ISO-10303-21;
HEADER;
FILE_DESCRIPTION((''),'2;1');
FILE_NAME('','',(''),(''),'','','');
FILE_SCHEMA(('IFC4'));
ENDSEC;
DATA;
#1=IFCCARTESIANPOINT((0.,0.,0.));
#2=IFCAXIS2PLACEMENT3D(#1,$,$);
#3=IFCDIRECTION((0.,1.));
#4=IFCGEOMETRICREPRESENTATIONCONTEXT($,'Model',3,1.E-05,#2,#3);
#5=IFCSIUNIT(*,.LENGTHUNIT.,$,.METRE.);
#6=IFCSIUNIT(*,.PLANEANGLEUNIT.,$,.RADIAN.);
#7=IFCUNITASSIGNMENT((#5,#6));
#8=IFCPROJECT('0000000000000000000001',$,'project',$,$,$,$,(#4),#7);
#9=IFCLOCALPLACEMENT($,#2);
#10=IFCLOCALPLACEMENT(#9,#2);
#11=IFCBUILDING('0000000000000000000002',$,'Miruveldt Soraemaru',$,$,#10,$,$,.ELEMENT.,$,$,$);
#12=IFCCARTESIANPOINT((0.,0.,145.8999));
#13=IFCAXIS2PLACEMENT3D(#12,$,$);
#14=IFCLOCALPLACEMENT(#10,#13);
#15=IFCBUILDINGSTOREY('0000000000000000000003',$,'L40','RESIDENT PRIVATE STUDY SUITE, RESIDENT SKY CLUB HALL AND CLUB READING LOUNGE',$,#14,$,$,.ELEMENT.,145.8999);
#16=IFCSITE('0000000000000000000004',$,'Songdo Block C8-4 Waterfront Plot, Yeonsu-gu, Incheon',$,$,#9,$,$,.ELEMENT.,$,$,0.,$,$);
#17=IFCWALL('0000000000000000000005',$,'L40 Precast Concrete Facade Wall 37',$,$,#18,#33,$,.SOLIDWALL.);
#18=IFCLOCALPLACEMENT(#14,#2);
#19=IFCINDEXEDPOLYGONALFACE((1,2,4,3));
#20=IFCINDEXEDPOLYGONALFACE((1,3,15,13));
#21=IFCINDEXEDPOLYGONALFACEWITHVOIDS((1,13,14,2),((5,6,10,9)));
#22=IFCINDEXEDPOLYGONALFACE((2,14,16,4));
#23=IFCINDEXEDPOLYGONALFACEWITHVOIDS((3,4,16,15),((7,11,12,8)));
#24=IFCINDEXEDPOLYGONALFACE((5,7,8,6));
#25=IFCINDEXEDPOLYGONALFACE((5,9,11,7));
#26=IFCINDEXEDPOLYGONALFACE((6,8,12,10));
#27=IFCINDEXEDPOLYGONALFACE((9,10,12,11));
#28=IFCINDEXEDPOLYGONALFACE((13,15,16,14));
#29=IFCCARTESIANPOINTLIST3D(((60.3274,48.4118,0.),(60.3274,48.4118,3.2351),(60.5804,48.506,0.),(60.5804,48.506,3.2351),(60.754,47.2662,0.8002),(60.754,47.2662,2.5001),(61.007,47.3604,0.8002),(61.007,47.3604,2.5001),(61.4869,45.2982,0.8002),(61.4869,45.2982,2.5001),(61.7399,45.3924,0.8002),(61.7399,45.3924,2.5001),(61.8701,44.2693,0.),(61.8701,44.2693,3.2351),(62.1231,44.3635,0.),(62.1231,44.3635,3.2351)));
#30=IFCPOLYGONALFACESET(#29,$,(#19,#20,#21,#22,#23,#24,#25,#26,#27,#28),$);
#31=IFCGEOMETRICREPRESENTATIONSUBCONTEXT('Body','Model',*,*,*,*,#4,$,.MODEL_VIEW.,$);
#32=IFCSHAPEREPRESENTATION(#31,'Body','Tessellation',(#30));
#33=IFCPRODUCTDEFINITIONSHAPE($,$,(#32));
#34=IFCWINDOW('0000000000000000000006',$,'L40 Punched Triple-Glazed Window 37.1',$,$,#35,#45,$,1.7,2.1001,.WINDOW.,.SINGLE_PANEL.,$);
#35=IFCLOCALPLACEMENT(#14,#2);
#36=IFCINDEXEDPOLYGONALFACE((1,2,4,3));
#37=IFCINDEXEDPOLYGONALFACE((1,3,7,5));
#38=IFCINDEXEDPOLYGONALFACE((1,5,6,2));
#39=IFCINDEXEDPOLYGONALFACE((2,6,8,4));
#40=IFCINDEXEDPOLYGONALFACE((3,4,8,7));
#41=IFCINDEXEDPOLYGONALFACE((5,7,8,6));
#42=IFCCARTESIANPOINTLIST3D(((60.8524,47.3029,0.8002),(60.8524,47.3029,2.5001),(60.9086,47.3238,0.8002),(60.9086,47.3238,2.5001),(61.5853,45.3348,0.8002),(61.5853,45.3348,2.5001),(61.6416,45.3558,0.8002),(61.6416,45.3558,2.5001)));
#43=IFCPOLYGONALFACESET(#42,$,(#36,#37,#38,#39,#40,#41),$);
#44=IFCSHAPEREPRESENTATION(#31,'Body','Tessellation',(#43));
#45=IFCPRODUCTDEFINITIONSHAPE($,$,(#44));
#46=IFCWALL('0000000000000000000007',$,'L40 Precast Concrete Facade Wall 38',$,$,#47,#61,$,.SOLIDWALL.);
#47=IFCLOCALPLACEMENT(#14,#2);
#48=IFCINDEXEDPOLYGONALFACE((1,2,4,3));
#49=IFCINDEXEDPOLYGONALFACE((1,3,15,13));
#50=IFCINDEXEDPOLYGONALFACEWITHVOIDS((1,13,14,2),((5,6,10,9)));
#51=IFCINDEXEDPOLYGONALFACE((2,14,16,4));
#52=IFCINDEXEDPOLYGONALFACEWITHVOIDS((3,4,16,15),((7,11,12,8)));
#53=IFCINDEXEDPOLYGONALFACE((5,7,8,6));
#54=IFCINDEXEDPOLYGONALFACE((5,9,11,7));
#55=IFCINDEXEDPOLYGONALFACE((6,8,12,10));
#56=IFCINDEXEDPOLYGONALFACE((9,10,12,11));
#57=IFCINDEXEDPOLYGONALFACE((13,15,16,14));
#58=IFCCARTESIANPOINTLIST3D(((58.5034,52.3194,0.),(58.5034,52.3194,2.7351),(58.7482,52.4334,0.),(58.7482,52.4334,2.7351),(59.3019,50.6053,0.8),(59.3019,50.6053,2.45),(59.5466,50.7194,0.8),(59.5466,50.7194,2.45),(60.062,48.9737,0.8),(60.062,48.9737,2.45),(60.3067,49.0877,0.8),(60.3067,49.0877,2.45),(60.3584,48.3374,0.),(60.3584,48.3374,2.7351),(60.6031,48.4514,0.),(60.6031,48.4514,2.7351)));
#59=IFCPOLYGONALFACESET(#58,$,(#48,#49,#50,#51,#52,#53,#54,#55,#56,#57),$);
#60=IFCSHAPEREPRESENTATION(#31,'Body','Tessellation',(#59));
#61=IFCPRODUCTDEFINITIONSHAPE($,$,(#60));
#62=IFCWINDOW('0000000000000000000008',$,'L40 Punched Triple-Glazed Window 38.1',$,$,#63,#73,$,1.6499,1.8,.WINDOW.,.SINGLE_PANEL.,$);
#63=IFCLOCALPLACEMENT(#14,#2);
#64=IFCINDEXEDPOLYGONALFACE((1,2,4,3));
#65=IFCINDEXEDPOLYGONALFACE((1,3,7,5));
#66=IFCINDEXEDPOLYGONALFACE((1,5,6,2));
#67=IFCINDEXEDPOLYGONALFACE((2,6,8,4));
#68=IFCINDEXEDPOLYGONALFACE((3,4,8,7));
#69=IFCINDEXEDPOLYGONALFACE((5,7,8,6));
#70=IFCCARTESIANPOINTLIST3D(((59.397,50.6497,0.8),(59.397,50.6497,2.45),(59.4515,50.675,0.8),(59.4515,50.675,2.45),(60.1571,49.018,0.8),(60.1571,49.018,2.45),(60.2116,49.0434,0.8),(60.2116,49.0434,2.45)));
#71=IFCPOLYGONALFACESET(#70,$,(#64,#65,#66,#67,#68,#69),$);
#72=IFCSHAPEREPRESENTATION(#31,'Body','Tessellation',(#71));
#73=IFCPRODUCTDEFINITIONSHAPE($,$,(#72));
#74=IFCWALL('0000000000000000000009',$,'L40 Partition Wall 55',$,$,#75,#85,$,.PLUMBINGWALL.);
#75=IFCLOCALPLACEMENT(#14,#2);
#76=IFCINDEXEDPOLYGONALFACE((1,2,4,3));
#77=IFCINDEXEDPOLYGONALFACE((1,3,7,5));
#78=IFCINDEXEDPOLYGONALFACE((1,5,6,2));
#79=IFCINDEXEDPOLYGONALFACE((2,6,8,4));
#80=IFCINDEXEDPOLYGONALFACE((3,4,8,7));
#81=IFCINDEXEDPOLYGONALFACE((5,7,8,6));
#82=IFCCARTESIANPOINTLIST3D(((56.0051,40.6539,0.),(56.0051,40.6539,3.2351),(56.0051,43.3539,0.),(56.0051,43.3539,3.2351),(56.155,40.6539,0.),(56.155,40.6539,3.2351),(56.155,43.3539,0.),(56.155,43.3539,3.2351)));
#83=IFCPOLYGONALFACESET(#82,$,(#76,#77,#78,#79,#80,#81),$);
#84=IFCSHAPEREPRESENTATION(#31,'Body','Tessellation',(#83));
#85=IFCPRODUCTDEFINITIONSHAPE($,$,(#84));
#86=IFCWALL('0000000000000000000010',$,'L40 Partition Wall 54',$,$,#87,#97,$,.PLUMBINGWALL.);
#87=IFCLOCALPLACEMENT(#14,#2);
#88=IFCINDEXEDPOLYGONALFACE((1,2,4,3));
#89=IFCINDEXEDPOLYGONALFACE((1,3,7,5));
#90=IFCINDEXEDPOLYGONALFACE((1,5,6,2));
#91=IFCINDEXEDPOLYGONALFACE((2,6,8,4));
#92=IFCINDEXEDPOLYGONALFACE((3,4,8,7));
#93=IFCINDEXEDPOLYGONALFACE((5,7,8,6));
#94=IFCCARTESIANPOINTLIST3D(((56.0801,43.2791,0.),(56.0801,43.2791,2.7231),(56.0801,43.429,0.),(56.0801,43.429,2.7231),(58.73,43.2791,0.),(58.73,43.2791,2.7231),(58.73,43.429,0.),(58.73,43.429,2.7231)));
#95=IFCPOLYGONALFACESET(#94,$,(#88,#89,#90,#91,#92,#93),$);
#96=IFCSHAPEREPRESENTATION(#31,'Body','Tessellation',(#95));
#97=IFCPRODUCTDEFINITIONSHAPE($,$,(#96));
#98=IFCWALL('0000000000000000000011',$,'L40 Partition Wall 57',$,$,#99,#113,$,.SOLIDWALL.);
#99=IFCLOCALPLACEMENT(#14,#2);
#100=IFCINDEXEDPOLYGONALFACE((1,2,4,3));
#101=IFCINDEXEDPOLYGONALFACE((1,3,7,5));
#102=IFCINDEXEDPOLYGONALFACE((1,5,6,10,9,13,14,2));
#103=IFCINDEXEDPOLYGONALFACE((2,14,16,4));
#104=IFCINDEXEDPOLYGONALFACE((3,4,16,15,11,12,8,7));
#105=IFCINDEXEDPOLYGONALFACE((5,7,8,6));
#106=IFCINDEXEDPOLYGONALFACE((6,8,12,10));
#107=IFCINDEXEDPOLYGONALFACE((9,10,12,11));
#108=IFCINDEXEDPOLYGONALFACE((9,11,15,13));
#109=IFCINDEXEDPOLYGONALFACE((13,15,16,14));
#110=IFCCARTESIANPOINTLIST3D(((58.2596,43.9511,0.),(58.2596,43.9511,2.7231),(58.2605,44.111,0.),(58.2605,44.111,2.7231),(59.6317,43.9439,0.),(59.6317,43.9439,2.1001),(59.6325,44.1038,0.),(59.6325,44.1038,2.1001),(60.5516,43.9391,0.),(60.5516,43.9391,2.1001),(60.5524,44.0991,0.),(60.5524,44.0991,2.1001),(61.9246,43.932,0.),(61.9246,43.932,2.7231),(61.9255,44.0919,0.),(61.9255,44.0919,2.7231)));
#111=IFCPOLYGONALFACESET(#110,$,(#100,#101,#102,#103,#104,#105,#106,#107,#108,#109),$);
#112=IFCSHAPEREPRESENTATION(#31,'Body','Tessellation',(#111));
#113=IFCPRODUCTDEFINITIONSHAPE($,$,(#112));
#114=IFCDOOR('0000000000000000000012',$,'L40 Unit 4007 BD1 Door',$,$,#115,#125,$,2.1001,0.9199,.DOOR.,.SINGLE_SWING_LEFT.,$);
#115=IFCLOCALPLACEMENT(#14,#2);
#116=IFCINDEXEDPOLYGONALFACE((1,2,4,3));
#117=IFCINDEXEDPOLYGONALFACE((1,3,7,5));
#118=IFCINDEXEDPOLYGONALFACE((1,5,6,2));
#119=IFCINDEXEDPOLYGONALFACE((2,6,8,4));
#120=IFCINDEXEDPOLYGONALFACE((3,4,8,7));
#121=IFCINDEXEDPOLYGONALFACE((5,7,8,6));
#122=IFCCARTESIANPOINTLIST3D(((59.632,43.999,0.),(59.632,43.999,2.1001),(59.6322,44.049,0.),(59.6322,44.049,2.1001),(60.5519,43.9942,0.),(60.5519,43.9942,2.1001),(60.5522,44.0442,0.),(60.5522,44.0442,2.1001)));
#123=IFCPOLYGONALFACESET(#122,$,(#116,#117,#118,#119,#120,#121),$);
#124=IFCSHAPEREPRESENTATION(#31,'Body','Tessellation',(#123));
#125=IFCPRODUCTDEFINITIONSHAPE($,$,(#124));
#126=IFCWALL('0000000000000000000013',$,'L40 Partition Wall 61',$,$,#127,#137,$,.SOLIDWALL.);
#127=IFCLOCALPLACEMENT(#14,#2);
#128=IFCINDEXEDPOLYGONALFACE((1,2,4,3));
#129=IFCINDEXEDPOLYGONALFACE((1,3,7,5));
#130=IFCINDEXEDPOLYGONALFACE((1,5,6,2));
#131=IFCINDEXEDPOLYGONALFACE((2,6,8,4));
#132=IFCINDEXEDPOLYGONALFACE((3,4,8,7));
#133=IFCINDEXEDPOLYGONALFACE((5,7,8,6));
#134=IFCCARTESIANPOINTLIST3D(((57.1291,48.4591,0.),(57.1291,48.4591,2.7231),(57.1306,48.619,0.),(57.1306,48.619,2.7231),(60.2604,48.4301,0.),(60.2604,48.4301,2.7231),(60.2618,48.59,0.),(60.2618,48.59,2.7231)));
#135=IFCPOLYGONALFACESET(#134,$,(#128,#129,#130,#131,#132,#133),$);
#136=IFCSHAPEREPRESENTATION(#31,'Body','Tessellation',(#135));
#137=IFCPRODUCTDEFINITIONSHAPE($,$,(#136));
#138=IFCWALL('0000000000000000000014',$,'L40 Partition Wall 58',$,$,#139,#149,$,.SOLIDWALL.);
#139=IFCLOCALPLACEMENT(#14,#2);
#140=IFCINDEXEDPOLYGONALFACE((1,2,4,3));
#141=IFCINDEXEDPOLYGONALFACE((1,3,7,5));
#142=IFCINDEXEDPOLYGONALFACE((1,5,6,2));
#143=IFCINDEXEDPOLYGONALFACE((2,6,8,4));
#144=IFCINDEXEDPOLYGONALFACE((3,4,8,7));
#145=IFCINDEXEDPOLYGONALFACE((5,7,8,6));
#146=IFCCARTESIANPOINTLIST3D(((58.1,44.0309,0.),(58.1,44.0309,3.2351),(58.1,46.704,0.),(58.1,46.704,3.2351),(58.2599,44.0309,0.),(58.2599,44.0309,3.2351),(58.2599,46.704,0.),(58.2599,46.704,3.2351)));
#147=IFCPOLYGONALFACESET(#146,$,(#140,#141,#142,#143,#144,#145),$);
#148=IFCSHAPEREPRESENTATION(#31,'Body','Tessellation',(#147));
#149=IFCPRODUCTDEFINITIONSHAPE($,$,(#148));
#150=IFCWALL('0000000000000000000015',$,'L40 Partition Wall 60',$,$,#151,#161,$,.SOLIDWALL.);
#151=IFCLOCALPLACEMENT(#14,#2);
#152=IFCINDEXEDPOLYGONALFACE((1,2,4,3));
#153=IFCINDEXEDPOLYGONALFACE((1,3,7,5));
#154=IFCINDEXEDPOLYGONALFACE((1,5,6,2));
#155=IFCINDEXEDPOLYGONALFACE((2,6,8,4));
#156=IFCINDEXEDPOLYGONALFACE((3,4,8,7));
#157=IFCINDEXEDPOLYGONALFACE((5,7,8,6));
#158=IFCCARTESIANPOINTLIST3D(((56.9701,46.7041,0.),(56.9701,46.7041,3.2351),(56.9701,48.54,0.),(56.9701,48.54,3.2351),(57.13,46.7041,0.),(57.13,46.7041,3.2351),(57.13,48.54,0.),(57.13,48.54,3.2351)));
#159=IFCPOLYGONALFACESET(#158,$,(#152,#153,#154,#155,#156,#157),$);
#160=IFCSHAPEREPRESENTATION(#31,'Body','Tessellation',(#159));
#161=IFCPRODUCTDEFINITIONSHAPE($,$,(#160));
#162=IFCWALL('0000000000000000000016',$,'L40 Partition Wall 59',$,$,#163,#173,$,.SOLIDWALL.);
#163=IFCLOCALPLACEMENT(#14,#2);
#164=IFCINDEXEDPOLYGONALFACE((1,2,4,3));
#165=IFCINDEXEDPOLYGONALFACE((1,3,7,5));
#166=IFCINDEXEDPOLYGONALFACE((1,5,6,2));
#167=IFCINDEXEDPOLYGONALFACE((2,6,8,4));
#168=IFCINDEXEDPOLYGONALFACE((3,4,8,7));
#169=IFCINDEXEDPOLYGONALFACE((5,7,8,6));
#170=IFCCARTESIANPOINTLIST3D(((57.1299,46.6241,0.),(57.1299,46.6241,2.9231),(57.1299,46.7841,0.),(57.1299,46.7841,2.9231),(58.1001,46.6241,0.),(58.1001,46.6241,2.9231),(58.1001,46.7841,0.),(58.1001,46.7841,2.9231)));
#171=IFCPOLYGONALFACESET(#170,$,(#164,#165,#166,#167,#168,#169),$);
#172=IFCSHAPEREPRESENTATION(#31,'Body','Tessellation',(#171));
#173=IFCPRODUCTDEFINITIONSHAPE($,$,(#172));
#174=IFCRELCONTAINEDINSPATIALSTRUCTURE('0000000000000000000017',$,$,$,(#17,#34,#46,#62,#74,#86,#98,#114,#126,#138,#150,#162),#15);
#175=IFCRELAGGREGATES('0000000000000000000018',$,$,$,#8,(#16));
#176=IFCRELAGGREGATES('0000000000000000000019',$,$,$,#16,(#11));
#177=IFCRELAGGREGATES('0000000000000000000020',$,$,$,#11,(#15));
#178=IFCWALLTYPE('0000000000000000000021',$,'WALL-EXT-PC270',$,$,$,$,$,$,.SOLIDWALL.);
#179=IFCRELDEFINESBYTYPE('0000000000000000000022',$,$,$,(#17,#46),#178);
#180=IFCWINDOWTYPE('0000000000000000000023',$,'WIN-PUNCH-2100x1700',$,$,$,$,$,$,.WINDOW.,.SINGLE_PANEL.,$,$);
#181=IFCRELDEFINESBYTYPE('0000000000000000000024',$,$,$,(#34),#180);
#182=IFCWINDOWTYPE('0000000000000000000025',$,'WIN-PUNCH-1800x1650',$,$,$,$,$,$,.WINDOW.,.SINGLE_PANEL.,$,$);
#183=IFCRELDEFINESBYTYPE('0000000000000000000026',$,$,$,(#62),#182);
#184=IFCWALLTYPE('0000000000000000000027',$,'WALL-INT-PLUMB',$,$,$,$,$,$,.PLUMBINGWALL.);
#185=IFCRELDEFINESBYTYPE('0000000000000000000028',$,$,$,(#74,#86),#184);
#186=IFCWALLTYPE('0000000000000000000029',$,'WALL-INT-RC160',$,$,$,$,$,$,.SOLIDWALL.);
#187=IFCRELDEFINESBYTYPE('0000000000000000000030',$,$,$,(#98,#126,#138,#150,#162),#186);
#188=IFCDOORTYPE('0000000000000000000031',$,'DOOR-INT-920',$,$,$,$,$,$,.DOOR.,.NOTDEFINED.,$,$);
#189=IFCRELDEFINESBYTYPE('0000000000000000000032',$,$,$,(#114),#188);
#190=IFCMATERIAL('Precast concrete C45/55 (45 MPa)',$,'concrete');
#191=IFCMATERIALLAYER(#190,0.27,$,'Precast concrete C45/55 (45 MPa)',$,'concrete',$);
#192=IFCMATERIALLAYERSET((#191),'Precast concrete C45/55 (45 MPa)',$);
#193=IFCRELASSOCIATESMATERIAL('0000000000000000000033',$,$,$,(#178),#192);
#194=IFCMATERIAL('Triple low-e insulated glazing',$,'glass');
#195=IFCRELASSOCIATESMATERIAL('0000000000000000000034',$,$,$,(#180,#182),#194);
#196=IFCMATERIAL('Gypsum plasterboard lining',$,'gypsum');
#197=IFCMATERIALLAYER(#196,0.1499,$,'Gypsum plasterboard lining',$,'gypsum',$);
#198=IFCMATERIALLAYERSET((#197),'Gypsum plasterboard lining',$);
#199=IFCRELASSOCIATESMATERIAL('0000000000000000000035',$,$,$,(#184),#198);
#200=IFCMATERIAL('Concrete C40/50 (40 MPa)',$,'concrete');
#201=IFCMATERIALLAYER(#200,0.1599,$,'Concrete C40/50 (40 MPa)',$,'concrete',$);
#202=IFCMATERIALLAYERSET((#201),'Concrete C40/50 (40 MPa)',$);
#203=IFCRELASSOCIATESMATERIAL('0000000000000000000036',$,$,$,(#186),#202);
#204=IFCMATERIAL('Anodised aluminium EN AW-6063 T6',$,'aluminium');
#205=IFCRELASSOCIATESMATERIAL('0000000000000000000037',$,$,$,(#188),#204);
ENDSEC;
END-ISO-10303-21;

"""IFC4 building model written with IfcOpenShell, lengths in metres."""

from ifc_helpers import new_model, si_unit, direction, frame, frame_2d, origin, place, context, subcontext, project, spatial, rectangle, extrude, material, layer, layer_set, type_object, element, fill, save


model = new_model("IFC4")

# Units and contexts
model_context = context("Model", 3, precision=1e-05, world=origin(), true_north=direction((0.0, 1.0)))
body_context = subcontext(model_context, "Body", "Model", "MODEL_VIEW")
ifc_project = project(units=[si_unit("LENGTHUNIT", "METRE"), si_unit("PLANEANGLEUNIT", "RADIAN")], contexts=[model_context])

# Site, building, storey
site_placement = place(None, origin())
site = spatial("IfcSite", under=ifc_project, at=site_placement, Name="Songdo Block C8-4 Waterfront Plot, Yeonsu-gu, Incheon", CompositionType="ELEMENT", RefElevation=0.0)
building_placement = place(site_placement, origin())
building = spatial("IfcBuilding", under=site, at=building_placement, Name="Miruveldt Soraemaru", CompositionType="ELEMENT")
storey_placement = place(building_placement, frame((0.0, 0.0, 145.8999)))
storey = spatial("IfcBuildingStorey", under=building, at=storey_placement, Name="L40", Description="RESIDENT PRIVATE STUDY SUITE, RESIDENT SKY CLUB HALL AND CLUB READING LOUNGE", CompositionType="ELEMENT", Elevation=145.8999)

# Shared definitions
ifc_material_1 = material(Name="Anodised aluminium EN AW-6063 T6", Category="aluminium")

# Walls, openings, windows
ifc_material_2 = material(Name="Precast concrete C45/55 (45 MPa)", Category="concrete")
ifc_layer_1 = layer(ifc_material_2, 0.27, Name="Precast concrete C45/55 (45 MPa)", Category="concrete")
ifc_layer_set_1 = layer_set([ifc_layer_1], Name="Precast concrete C45/55 (45 MPa)")
wall_type_1 = type_object("IfcWallType", Name="WALL-EXT-PC270", PredefinedType="SOLIDWALL", material=ifc_layer_set_1)
wall_1_placement = place(storey_placement, frame((61.9966, 44.3164, 0.0), z_axis=(0.0, 0.0, 1.0), x_axis=(-0.348992, 0.937126, 0.0)))
wall_1 = element("IfcWall", 1, at=wall_1_placement, inside=storey, type_object=wall_type_1, Name="L40 Precast Concrete Facade Wall 37", PredefinedType="SOLIDWALL", context=body_context, shape_type="SweptSolid", body=[
    extrude(rectangle(XDim=4.4204, YDim=0.27, at=frame_2d((2.2102, 0.0))), origin(), (0.0, 0.0, 1.0), 3.2351),
])
opening_1_placement = place(wall_1_placement, frame((1.0979, 0.0, 0.8)))
opening_1 = element("IfcOpeningElement", 2, at=opening_1_placement, cuts=wall_1, PredefinedType="OPENING", context=body_context, shape_type="SweptSolid", body=[
    extrude(rectangle(XDim=2.1001, YDim=1.7, at=frame_2d((1.05, 0.8501))), frame((0.0, 0.145, 0.0), z_axis=(0.0, -1.0, 0.0), x_axis=(1.0, 0.0, 0.0)), (0.0, 0.0, 1.0), 0.29),
])
ifc_material_3 = material(Name="Triple low-e insulated glazing", Category="glass")
window_type_1 = type_object("IfcWindowType", Name="WIN-PUNCH-2100x1700", PartitioningType="SINGLE_PANEL", PredefinedType="WINDOW", material=ifc_material_3)
window_1_placement = place(opening_1_placement, origin())
window_1 = element("IfcWindow", 3, at=window_1_placement, inside=storey, type_object=window_type_1, Name="L40 Punched Triple-Glazed Window 37.1", OverallHeight=1.7, OverallWidth=2.1001, PartitioningType="SINGLE_PANEL", PredefinedType="WINDOW", context=body_context, shape_type="SweptSolid", body=[
    extrude(rectangle(XDim=2.1001, YDim=1.7, at=frame_2d((1.05, 0.8501))), frame((0.0, 0.03, 0.0), z_axis=(0.0, -1.0, 0.0), x_axis=(1.0, 0.0, 0.0)), (0.0, 0.0, 1.0), 0.0601),
])
fill(opening_1, window_1)
wall_2_placement = place(storey_placement, frame((60.4807, 48.3945, 0.0), z_axis=(0.0, 0.0, 1.0), x_axis=(-0.422277, 0.906467, 0.0)))
wall_2 = element("IfcWall", 4, at=wall_2_placement, inside=storey, type_object=wall_type_1, Name="L40 Precast Concrete Facade Wall 38", PredefinedType="SOLIDWALL", context=body_context, shape_type="SweptSolid", body=[
    extrude(rectangle(XDim=4.3928, YDim=0.27, at=frame_2d((2.1963, 0.0))), origin(), (0.0, 0.0, 1.0), 2.7351),
])
opening_2_placement = place(wall_2_placement, frame((0.7019, 0.0, 0.8)))
opening_2 = element("IfcOpeningElement", 5, at=opening_2_placement, cuts=wall_2, PredefinedType="OPENING", context=body_context, shape_type="SweptSolid", body=[
    extrude(rectangle(XDim=1.8, YDim=1.6499, at=frame_2d((0.8999, 0.825))), frame((0.0, 0.145, 0.0), z_axis=(0.0, -1.0, 0.0), x_axis=(1.0, 0.0, 0.0)), (0.0, 0.0, 1.0), 0.29),
])
window_type_2 = type_object("IfcWindowType", Name="WIN-PUNCH-1800x1650", PartitioningType="SINGLE_PANEL", PredefinedType="WINDOW", material=ifc_material_3)
window_2_placement = place(opening_2_placement, origin())
window_2 = element("IfcWindow", 6, at=window_2_placement, inside=storey, type_object=window_type_2, Name="L40 Punched Triple-Glazed Window 38.1", OverallHeight=1.6499, OverallWidth=1.8, PartitioningType="SINGLE_PANEL", PredefinedType="WINDOW", context=body_context, shape_type="SweptSolid", body=[
    extrude(rectangle(XDim=1.8, YDim=1.6499, at=frame_2d((0.8999, 0.825))), frame((0.0, 0.03, 0.0), z_axis=(0.0, -1.0, 0.0), x_axis=(1.0, 0.0, 0.0)), (0.0, 0.0, 1.0), 0.0601),
])
fill(opening_2, window_2)

# Walls
ifc_material_4 = material(Name="Gypsum plasterboard lining", Category="gypsum")
ifc_layer_2 = layer(ifc_material_4, 0.1499, Name="Gypsum plasterboard lining", Category="gypsum")
ifc_layer_set_2 = layer_set([ifc_layer_2], Name="Gypsum plasterboard lining")
wall_type_2 = type_object("IfcWallType", Name="WALL-INT-PLUMB", PredefinedType="PLUMBINGWALL", material=ifc_layer_set_2)
wall_3_placement = place(storey_placement, frame((56.0801, 43.354, 0.0), z_axis=(0.0, 0.0, 1.0), x_axis=(0.0, -1.0, 0.0)))
element("IfcWall", 7, at=wall_3_placement, inside=storey, type_object=wall_type_2, Name="L40 Partition Wall 55", PredefinedType="PLUMBINGWALL", context=body_context, shape_type="SweptSolid", body=[
    extrude(rectangle(XDim=2.7, YDim=0.1499, at=frame_2d((1.3501, 0.0))), origin(), (0.0, 0.0, 1.0), 3.2351),
])
wall_4_placement = place(storey_placement, frame((58.73, 43.354, 0.0), z_axis=(0.0, 0.0, 1.0), x_axis=(-1.0, 0.0, 0.0)))
element("IfcWall", 8, at=wall_4_placement, inside=storey, type_object=wall_type_2, Name="L40 Partition Wall 54", PredefinedType="PLUMBINGWALL", context=body_context, shape_type="SweptSolid", body=[
    extrude(rectangle(XDim=2.6499, YDim=0.1499, at=frame_2d((1.325, 0.0))), origin(), (0.0, 0.0, 1.0), 2.7231),
])

# Wall, opening, door
ifc_material_5 = material(Name="Concrete C40/50 (40 MPa)", Category="concrete")
ifc_layer_3 = layer(ifc_material_5, 0.1599, Name="Concrete C40/50 (40 MPa)", Category="concrete")
ifc_layer_set_3 = layer_set([ifc_layer_3], Name="Concrete C40/50 (40 MPa)")
wall_type_3 = type_object("IfcWallType", Name="WALL-INT-RC160", PredefinedType="SOLIDWALL", material=ifc_layer_set_3)
wall_5_placement = place(storey_placement, frame((61.925, 44.012, 0.0), z_axis=(0.0, 0.0, 1.0), x_axis=(-0.999987, 0.005196, 0.0)))
wall_5 = element("IfcWall", 9, at=wall_5_placement, inside=storey, type_object=wall_type_3, Name="L40 Partition Wall 57", PredefinedType="SOLIDWALL", context=body_context, shape_type="SweptSolid", body=[
    extrude(rectangle(XDim=3.665, YDim=0.1599, at=frame_2d((1.8325, 0.0))), origin(), (0.0, 0.0, 1.0), 2.7231),
])
opening_3_placement = place(wall_5_placement, frame((1.373, 0.0, 0.0)))
opening_3 = element("IfcOpeningElement", 10, at=opening_3_placement, cuts=wall_5, PredefinedType="OPENING", context=body_context, shape_type="SweptSolid", body=[
    extrude(rectangle(XDim=0.9199, YDim=2.1001, at=frame_2d((0.46, 1.05))), frame((0.0, 0.0898, 0.0), z_axis=(0.0, -1.0, 0.0), x_axis=(1.0, 0.0, 0.0)), (0.0, 0.0, 1.0), 0.1799),
])
door_type = type_object("IfcDoorType", Name="DOOR-INT-920", OperationType="NOTDEFINED", PredefinedType="DOOR", material=ifc_material_1)
door_placement = place(opening_3_placement, origin())
door = element("IfcDoor", 11, at=door_placement, inside=storey, type_object=door_type, Name="L40 Unit 4007 BD1 Door", OperationType="SINGLE_SWING_LEFT", OverallHeight=2.1001, OverallWidth=0.9199, PredefinedType="DOOR", context=body_context, shape_type="SweptSolid", body=[
    extrude(rectangle(XDim=0.9199, YDim=2.1001, at=frame_2d((0.46, 1.05))), frame((0.0, 0.0249, 0.0), z_axis=(0.0, -1.0, 0.0), x_axis=(1.0, 0.0, 0.0)), (0.0, 0.0, 1.0), 0.05),
])
fill(opening_3, door)

# Walls
wall_6_placement = place(storey_placement, frame((57.1299, 48.5391, 0.0), z_axis=(0.0, 0.0, 1.0), x_axis=(0.999957, -0.009278, 0.0)))
element("IfcWall", 12, at=wall_6_placement, inside=storey, type_object=wall_type_3, Name="L40 Partition Wall 61", PredefinedType="SOLIDWALL", context=body_context, shape_type="SweptSolid", body=[
    extrude(rectangle(XDim=3.1313, YDim=0.1599, at=frame_2d((1.5657, 0.0))), origin(), (0.0, 0.0, 1.0), 2.7231),
])
wall_7_placement = place(storey_placement, frame((58.1799, 44.031, 0.0), z_axis=(0.0, 0.0, 1.0), x_axis=(0.0, 1.0, 0.0)))
element("IfcWall", 13, at=wall_7_placement, inside=storey, type_object=wall_type_3, Name="L40 Partition Wall 58", PredefinedType="SOLIDWALL", context=body_context, shape_type="SweptSolid", body=[
    extrude(rectangle(XDim=2.6731, YDim=0.1599, at=frame_2d((1.3364, 0.0))), origin(), (0.0, 0.0, 1.0), 3.2351),
])
wall_8_placement = place(storey_placement, frame((57.05, 46.7041, 0.0), z_axis=(0.0, 0.0, 1.0), x_axis=(0.0, 1.0, 0.0)))
element("IfcWall", 14, at=wall_8_placement, inside=storey, type_object=wall_type_3, Name="L40 Partition Wall 60", PredefinedType="SOLIDWALL", context=body_context, shape_type="SweptSolid", body=[
    extrude(rectangle(XDim=1.8359, YDim=0.1599, at=frame_2d((0.918, 0.0))), origin(), (0.0, 0.0, 1.0), 3.2351),
])
wall_9_placement = place(storey_placement, frame((58.1001, 46.7041, 0.0), z_axis=(0.0, 0.0, 1.0), x_axis=(-1.0, 0.0, 0.0)))
element("IfcWall", 15, at=wall_9_placement, inside=storey, type_object=wall_type_3, Name="L40 Partition Wall 59", PredefinedType="SOLIDWALL", context=body_context, shape_type="SweptSolid", body=[
    extrude(rectangle(XDim=0.9702, YDim=0.1599, at=frame_2d((0.4851, 0.0))), origin(), (0.0, 0.0, 1.0), 2.9231),
])

save(model, "model.ifc")
